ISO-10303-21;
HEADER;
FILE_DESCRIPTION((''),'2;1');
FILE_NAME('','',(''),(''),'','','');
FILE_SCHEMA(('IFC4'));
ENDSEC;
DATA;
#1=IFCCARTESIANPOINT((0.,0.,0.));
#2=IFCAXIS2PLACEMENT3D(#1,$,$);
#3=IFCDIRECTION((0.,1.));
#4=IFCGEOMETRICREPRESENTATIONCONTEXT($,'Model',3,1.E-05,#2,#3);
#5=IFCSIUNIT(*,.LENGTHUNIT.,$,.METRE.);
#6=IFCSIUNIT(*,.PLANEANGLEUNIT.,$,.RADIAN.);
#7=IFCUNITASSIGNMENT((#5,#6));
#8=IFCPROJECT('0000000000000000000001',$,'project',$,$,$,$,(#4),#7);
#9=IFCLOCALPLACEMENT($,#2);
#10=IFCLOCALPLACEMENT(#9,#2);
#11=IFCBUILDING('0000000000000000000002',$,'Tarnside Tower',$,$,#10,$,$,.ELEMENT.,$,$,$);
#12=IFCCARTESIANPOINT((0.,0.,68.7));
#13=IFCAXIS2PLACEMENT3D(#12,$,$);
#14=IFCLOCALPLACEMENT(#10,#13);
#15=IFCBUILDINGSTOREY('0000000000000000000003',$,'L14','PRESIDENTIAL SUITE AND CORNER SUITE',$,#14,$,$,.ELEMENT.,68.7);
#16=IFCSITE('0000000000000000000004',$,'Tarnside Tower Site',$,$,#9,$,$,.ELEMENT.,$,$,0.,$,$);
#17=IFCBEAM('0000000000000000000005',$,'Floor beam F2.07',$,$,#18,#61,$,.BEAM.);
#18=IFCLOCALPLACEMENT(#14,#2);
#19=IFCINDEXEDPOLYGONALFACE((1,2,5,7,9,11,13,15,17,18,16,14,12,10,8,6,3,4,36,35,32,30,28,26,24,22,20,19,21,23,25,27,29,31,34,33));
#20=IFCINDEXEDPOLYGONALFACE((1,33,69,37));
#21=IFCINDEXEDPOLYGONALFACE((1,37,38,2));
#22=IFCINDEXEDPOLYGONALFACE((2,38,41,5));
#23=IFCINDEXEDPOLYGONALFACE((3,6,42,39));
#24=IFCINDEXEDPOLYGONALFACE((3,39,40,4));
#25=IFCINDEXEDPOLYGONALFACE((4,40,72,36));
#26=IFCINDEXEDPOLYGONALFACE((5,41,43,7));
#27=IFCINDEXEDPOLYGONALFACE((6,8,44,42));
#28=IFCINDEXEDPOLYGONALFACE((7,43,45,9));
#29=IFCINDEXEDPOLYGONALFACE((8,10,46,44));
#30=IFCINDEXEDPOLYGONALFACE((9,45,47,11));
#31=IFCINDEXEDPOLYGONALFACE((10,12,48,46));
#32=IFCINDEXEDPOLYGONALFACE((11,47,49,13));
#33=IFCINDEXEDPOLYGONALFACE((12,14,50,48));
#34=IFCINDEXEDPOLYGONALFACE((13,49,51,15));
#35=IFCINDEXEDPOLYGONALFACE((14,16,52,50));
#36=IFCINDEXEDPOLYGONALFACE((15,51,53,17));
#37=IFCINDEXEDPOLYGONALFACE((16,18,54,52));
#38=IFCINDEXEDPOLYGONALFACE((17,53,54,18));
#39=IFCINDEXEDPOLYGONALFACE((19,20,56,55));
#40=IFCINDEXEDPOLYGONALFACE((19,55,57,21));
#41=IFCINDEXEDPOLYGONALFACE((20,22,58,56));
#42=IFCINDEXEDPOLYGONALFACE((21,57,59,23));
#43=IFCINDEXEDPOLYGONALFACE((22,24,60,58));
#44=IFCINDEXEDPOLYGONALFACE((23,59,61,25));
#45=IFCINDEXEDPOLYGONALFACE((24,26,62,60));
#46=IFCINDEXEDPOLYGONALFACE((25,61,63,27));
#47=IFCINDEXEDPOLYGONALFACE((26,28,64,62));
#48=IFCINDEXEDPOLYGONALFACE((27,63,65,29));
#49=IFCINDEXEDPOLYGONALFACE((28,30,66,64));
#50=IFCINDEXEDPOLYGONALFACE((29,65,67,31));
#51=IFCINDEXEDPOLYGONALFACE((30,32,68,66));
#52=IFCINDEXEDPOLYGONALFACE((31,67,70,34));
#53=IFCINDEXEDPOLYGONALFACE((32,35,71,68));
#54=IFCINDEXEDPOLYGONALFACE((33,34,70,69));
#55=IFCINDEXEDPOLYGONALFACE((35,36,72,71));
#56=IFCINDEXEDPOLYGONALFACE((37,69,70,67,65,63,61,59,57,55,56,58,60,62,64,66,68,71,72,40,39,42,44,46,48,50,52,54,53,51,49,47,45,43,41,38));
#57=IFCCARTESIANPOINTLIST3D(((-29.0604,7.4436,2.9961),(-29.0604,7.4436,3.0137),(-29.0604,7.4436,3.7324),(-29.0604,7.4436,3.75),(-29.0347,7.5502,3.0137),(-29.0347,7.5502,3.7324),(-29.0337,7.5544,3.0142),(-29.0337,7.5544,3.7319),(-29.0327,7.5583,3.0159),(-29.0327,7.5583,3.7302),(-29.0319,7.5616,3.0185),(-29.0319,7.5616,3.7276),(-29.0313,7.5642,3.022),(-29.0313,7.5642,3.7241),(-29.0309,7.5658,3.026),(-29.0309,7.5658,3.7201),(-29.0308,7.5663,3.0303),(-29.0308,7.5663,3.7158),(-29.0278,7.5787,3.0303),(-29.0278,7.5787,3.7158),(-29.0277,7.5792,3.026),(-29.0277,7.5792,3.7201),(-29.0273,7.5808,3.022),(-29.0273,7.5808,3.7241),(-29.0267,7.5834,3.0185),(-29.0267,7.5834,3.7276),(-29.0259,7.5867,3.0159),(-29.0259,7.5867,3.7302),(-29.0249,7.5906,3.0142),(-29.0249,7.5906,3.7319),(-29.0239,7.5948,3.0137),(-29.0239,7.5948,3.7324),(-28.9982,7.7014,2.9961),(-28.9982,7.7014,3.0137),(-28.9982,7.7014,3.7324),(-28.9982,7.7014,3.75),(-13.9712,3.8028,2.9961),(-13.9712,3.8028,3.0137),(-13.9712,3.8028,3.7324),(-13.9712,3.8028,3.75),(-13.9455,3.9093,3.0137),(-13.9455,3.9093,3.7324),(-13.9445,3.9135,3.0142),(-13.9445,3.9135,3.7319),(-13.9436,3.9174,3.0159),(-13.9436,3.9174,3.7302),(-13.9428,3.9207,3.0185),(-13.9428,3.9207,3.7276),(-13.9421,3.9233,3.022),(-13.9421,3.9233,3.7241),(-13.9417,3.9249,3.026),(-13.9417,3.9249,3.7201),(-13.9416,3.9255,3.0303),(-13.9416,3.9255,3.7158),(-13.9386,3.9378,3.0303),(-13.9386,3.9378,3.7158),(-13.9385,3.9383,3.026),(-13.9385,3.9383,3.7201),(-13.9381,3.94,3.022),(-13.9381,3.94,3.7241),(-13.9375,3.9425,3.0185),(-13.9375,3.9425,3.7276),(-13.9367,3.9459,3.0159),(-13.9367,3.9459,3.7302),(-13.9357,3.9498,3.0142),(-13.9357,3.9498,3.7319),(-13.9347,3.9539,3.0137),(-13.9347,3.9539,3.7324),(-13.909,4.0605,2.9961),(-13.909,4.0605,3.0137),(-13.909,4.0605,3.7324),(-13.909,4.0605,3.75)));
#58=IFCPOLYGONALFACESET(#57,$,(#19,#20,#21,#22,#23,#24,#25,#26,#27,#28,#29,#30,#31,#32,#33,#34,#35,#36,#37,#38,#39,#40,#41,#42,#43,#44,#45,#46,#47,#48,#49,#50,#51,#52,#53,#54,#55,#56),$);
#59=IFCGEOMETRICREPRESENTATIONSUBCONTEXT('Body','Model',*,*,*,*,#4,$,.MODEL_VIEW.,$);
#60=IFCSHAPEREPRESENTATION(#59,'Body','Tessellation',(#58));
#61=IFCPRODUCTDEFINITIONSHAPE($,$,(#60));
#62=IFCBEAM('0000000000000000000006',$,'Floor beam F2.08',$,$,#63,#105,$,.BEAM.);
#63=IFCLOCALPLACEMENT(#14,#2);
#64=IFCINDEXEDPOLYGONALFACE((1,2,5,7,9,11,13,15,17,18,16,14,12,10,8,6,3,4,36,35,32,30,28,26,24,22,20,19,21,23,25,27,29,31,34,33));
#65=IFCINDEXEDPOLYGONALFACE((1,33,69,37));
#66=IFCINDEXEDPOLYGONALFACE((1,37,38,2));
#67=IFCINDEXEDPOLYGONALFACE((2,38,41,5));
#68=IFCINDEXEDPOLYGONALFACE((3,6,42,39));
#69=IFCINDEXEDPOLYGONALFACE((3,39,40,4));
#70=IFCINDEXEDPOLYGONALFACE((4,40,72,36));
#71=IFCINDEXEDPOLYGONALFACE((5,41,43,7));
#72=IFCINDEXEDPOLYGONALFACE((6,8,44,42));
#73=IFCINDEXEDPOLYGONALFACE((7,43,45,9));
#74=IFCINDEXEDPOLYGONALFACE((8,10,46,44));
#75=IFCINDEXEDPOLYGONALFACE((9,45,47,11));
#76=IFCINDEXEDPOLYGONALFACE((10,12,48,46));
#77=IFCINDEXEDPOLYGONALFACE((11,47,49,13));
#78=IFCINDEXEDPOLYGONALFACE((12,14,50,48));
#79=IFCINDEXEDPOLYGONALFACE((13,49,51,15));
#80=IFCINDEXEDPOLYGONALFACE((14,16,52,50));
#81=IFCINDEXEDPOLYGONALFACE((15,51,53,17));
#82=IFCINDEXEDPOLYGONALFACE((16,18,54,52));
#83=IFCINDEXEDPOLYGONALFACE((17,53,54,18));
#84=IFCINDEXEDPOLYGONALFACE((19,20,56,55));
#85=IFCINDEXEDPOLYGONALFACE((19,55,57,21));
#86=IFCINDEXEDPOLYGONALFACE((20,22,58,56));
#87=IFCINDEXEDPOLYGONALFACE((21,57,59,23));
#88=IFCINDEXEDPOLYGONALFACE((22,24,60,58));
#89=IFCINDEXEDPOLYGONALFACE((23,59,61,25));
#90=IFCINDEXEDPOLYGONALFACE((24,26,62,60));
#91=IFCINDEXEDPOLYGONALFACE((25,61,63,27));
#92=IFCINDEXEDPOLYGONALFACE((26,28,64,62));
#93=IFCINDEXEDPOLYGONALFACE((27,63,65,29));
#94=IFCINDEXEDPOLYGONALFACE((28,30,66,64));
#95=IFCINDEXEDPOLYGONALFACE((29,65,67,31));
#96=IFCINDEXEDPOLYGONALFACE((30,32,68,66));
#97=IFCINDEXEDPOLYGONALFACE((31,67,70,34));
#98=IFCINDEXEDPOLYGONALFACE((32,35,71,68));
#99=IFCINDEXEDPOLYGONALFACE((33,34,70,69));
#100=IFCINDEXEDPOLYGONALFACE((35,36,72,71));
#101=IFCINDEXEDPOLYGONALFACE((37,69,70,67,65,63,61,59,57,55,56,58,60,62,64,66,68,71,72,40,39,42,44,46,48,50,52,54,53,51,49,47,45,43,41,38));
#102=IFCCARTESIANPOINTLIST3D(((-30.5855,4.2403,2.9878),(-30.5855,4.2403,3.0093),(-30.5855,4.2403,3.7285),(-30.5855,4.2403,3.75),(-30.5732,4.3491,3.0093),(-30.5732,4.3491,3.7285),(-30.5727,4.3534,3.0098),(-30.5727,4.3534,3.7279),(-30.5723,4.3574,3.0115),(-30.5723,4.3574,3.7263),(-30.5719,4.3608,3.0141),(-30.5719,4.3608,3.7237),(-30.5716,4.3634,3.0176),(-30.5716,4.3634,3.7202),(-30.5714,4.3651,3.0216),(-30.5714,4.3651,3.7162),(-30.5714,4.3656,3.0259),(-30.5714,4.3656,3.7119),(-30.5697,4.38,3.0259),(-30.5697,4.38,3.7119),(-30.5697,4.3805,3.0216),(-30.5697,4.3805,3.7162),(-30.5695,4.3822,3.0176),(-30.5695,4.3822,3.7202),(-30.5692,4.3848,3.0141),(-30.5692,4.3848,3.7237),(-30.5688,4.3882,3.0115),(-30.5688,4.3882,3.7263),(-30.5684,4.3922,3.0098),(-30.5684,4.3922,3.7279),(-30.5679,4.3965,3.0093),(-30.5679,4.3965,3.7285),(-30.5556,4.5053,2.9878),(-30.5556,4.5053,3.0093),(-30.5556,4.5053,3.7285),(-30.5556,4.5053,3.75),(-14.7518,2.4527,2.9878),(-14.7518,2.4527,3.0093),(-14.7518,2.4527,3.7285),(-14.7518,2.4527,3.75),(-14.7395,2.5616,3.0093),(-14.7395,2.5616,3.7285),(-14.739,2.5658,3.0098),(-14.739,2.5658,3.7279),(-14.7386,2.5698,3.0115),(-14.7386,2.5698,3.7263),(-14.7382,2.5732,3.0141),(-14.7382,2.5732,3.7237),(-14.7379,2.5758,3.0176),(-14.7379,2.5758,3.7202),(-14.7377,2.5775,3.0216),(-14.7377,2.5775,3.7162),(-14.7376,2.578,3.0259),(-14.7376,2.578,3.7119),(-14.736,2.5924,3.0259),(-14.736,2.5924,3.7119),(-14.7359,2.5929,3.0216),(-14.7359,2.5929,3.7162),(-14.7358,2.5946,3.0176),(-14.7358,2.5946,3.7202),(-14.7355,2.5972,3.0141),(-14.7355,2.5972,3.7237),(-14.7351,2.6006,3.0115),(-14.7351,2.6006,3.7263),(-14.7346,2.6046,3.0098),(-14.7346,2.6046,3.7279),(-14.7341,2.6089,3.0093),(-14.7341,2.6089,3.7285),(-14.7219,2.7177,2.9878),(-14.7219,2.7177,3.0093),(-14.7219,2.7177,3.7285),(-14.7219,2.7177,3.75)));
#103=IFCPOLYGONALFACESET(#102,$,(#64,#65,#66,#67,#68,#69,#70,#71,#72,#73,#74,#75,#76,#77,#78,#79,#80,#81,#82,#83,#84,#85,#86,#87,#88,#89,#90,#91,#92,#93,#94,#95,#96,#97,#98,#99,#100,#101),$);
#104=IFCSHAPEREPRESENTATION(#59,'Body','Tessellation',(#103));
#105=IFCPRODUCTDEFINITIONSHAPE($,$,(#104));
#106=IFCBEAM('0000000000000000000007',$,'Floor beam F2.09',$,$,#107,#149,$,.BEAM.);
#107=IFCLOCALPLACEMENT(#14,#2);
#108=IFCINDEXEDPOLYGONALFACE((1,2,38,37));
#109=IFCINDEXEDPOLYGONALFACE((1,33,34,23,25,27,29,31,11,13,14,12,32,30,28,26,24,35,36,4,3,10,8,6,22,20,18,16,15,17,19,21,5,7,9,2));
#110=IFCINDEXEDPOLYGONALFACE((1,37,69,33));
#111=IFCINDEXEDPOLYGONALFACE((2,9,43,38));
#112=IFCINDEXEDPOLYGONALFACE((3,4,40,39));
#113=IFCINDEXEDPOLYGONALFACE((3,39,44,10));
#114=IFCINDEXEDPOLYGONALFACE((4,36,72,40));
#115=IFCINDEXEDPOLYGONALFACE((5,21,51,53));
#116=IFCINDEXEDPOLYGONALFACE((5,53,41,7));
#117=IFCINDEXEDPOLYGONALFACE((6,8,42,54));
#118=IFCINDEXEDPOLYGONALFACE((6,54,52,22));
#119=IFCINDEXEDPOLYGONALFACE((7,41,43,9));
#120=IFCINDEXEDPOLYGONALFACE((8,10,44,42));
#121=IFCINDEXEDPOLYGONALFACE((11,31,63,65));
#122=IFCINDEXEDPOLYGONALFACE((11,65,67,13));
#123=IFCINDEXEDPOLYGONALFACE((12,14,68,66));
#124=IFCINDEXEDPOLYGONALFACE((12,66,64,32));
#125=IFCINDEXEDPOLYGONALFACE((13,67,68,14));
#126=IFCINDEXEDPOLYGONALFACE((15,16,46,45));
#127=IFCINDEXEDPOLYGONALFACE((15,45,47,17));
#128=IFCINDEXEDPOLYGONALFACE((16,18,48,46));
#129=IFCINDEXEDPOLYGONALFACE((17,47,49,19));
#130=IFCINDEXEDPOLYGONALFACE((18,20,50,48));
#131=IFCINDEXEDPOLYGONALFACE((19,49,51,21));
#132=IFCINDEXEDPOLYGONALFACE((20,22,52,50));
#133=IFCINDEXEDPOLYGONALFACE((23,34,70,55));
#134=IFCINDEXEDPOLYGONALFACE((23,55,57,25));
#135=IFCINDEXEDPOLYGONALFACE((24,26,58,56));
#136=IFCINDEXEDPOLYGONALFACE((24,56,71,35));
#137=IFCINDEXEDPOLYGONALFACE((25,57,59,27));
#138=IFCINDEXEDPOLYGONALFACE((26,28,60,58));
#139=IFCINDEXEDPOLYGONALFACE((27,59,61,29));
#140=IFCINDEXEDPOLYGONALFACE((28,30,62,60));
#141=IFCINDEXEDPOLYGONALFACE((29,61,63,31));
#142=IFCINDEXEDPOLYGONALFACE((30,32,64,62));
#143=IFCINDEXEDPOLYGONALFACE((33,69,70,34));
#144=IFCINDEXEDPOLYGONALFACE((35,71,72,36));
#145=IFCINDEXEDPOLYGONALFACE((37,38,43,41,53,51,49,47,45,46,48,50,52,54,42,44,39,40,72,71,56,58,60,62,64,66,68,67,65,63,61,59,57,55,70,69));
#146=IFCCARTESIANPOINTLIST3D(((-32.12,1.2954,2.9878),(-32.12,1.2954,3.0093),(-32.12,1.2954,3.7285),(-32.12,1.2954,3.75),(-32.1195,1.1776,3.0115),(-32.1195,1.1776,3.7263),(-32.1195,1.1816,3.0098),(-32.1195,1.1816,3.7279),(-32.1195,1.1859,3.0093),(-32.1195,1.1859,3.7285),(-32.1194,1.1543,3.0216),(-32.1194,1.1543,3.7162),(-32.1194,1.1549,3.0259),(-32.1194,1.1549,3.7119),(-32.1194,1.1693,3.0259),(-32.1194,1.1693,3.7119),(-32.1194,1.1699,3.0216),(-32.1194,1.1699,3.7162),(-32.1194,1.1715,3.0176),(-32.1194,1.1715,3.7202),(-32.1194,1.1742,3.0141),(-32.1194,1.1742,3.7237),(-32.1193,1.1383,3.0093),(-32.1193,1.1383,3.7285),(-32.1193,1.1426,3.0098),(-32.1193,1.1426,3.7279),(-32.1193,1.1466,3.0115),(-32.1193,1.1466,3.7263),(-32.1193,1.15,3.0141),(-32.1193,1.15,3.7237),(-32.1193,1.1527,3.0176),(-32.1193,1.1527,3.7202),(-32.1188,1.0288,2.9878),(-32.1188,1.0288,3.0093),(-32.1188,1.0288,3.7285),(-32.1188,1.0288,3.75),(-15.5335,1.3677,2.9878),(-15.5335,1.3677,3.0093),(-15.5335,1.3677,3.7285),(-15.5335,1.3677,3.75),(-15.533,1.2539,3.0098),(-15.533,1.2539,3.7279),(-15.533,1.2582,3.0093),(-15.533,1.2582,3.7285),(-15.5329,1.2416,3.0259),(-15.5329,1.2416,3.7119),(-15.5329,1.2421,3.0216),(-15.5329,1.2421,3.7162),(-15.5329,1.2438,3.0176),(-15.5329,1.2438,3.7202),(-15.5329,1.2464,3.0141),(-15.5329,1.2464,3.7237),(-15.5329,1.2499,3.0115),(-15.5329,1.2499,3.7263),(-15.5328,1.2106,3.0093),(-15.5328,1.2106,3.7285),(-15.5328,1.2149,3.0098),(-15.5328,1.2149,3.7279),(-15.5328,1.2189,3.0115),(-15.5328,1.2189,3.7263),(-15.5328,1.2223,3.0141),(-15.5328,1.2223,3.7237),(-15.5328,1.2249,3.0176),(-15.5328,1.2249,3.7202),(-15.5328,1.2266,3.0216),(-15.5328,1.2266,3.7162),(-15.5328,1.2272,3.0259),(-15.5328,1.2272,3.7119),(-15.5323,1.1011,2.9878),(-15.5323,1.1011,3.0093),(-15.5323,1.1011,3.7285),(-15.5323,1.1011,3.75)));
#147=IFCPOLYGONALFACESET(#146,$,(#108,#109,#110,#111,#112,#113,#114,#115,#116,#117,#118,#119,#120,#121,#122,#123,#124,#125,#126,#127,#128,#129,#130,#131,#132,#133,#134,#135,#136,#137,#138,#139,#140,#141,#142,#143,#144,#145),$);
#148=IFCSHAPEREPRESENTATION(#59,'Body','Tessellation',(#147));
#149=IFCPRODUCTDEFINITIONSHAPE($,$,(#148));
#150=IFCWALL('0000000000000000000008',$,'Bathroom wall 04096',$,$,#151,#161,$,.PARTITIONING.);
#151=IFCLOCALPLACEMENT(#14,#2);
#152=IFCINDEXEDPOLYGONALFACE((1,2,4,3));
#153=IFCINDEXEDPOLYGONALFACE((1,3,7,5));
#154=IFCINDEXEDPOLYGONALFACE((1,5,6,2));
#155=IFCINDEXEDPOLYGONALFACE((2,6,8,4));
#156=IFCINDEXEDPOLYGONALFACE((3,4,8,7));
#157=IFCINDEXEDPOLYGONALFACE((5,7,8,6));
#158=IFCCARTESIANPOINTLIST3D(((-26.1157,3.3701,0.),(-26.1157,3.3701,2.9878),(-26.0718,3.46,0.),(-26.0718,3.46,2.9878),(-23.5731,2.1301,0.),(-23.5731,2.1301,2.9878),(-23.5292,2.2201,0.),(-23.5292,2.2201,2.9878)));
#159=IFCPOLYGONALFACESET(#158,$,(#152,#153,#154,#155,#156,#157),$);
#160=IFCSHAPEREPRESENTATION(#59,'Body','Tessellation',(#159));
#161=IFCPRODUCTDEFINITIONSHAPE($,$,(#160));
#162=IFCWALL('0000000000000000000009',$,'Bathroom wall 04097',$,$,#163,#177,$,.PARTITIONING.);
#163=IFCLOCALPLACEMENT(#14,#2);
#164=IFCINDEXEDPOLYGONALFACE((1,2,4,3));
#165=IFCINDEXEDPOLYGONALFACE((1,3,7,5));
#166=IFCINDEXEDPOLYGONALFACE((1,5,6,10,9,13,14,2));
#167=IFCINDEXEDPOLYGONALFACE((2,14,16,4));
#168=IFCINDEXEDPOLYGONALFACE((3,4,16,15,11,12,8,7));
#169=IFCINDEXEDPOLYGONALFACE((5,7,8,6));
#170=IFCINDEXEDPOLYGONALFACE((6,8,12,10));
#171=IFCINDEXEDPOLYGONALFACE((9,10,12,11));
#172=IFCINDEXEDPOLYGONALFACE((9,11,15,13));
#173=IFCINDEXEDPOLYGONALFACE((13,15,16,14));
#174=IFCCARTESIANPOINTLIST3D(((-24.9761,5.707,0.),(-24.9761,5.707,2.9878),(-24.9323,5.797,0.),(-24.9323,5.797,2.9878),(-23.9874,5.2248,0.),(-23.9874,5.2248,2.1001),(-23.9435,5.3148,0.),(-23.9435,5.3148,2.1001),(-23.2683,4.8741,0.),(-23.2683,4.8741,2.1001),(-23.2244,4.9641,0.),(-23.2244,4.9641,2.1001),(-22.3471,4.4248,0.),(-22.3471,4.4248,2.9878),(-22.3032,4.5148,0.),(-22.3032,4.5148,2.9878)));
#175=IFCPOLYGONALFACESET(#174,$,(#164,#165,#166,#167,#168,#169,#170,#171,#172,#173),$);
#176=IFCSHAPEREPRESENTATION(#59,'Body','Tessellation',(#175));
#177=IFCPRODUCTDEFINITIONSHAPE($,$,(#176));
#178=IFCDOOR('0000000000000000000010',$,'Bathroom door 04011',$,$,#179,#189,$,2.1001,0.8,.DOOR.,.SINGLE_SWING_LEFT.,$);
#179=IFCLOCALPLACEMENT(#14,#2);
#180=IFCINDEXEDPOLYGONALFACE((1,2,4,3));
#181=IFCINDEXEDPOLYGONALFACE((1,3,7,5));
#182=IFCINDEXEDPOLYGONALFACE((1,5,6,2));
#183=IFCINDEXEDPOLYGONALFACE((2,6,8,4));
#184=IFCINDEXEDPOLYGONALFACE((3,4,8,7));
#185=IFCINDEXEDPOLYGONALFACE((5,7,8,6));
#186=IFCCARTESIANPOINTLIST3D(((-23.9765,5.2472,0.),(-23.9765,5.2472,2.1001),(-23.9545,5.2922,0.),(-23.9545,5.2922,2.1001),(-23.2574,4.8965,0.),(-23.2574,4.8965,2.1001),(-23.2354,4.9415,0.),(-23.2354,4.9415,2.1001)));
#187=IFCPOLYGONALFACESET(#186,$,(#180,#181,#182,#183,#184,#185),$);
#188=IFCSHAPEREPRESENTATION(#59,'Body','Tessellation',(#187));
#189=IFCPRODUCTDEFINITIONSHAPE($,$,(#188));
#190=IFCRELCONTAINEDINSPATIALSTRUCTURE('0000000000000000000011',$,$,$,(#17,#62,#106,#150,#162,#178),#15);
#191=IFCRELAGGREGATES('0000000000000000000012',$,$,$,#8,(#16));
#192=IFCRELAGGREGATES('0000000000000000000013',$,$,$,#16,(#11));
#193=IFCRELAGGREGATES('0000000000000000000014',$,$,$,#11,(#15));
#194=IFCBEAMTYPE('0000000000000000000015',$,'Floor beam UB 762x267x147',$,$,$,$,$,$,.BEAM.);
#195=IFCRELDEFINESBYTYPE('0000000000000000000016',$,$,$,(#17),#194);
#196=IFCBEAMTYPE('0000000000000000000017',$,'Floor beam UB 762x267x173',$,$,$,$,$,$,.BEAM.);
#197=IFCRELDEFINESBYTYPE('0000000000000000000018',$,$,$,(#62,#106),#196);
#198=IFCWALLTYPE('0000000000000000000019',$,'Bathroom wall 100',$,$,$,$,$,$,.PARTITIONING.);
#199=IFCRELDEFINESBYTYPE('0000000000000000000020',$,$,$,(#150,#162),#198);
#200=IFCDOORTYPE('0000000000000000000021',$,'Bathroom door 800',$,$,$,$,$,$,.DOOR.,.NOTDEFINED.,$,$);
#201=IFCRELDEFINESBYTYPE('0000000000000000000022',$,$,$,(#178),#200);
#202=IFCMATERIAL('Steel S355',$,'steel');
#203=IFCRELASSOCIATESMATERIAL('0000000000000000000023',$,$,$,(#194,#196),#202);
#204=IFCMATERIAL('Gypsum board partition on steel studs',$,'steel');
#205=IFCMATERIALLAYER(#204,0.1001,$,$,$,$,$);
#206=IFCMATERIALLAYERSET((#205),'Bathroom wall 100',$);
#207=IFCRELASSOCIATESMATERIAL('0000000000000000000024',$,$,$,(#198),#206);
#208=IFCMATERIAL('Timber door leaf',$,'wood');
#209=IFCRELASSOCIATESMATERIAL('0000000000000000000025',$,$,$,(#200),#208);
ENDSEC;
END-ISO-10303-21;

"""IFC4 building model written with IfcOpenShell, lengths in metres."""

from ifc_helpers import new_model, si_unit, direction, frame, frame_2d, origin, origin_2d, place, context, subcontext, project, spatial, rectangle, i_section, extrude, material, layer, layer_set, material_profile, profile_set, type_object, element, fill, save


model = new_model("IFC4")

# Units and contexts
model_context = context("Model", 3, precision=1e-05, world=origin(), true_north=direction((0.0, 1.0)))
body_context = subcontext(model_context, "Body", "Model", "MODEL_VIEW")
ifc_project = project(units=[si_unit("LENGTHUNIT", "METRE"), si_unit("PLANEANGLEUNIT", "RADIAN")], contexts=[model_context])

# Site, building, storey
site_placement = place(None, origin())
site = spatial("IfcSite", under=ifc_project, at=site_placement, Name="Tarnside Tower Site", CompositionType="ELEMENT", RefElevation=0.0)
building_placement = place(site_placement, origin())
building = spatial("IfcBuilding", under=site, at=building_placement, Name="Tarnside Tower", CompositionType="ELEMENT")
storey_placement = place(building_placement, frame((0.0, 0.0, 68.7)))
storey = spatial("IfcBuildingStorey", under=building, at=storey_placement, Name="L14", Description="PRESIDENTIAL SUITE AND CORNER SUITE", CompositionType="ELEMENT", Elevation=68.7)

# Beams
ifc_material_1 = material(Name="Steel S355", Category="steel")
ifc_material_profile_1 = material_profile(ifc_material_1, i_section(OverallWidth=0.2651, OverallDepth=0.7539, WebThickness=0.0127, FlangeThickness=0.0176, FilletRadius=0.0166, at=origin_2d()), Name="UB 762x267x147")
ifc_profile_set_1 = profile_set([ifc_material_profile_1], Name="Steel S355")
beam_type_1 = type_object("IfcBeamType", Name="Floor beam UB 762x267x147", PredefinedType="BEAM", material=ifc_profile_set_1)
beam_1_placement = place(storey_placement, frame((-29.0293, 7.5725, 3.373), z_axis=(0.972102, -0.23456, 0.0), x_axis=(0.23456, 0.972102, 0.0)))
element("IfcBeam", 1, at=beam_1_placement, inside=storey, type_object=beam_type_1, Name="Floor beam F2.07", PredefinedType="BEAM", context=body_context, shape_type="SweptSolid", body=[
    extrude(i_section(OverallWidth=0.2651, OverallDepth=0.7539, WebThickness=0.0127, FlangeThickness=0.0176, FilletRadius=0.0166, at=origin_2d()), origin(), (0.0, 0.0, 1.0), 15.5222),
])
ifc_material_profile_2 = material_profile(ifc_material_1, i_section(OverallWidth=0.2666, OverallDepth=0.7622, WebThickness=0.0144, FlangeThickness=0.0215, FilletRadius=0.0166, at=origin_2d()), Name="UB 762x267x173")
ifc_profile_set_2 = profile_set([ifc_material_profile_2], Name="Steel S355")
beam_type_2 = type_object("IfcBeamType", Name="Floor beam UB 762x267x173", PredefinedType="BEAM", material=ifc_profile_set_2)
beam_2_placement = place(storey_placement, frame((-30.5706, 4.3728, 3.3689), z_axis=(0.993687, -0.112185, 0.0), x_axis=(0.112185, 0.993687, 0.0)))
element("IfcBeam", 2, at=beam_2_placement, inside=storey, type_object=beam_type_2, Name="Floor beam F2.08", PredefinedType="BEAM", context=body_context, shape_type="SweptSolid", body=[
    extrude(i_section(OverallWidth=0.2666, OverallDepth=0.7622, WebThickness=0.0144, FlangeThickness=0.0215, FilletRadius=0.0166, at=origin_2d()), origin(), (0.0, 0.0, 1.0), 15.9343),
])
beam_3_placement = place(storey_placement, frame((-32.1194, 1.1621, 3.3689), z_axis=(0.999991, 0.004357, 0.0), x_axis=(-0.004357, 0.999991, 0.0)))
element("IfcBeam", 3, at=beam_3_placement, inside=storey, type_object=beam_type_2, Name="Floor beam F2.09", PredefinedType="BEAM", context=body_context, shape_type="SweptSolid", body=[
    extrude(i_section(OverallWidth=0.2666, OverallDepth=0.7622, WebThickness=0.0144, FlangeThickness=0.0215, FilletRadius=0.0166, at=origin_2d()), origin(), (0.0, 0.0, 1.0), 16.5867),
])

# Wall
ifc_material_2 = material(Name="Gypsum board partition on steel studs", Category="steel")
ifc_layer_1 = layer(ifc_material_2, 0.1001)
ifc_layer_set_1 = layer_set([ifc_layer_1], Name="Bathroom wall 100")
wall_type_1 = type_object("IfcWallType", Name="Bathroom wall 100", PredefinedType="PARTITIONING", material=ifc_layer_set_1)
wall_1_placement = place(storey_placement, frame((-23.551, 2.175, 0.0), z_axis=(0.0, 0.0, 1.0), x_axis=(-0.898819, 0.43832, 0.0)))
element("IfcWall", 4, at=wall_1_placement, inside=storey, type_object=wall_type_1, Name="Bathroom wall 04096", PredefinedType="PARTITIONING", context=body_context, shape_type="SweptSolid", body=[
    extrude(rectangle(XDim=2.8289, YDim=0.1001, at=frame_2d((1.4146, 0.0))), origin(), (0.0, 0.0, 1.0), 2.9878),
])

# Wall, opening, door
wall_2_placement = place(storey_placement, frame((-24.9541, 5.752, 0.0), z_axis=(0.0, 0.0, 1.0), x_axis=(0.898807, -0.438345, 0.0)))
wall_2 = element("IfcWall", 5, at=wall_2_placement, inside=storey, type_object=wall_type_1, Name="Bathroom wall 04097", PredefinedType="PARTITIONING", context=body_context, shape_type="SweptSolid", body=[
    extrude(rectangle(XDim=2.925, YDim=0.1001, at=frame_2d((1.4624, 0.0))), origin(), (0.0, 0.0, 1.0), 2.9878),
])
opening_1_placement = place(wall_2_placement, frame((1.1001, 0.0, 0.0)))
opening_1 = element("IfcOpeningElement", 6, at=opening_1_placement, cuts=wall_2, PredefinedType="OPENING", context=body_context, shape_type="SweptSolid", body=[
    extrude(rectangle(XDim=0.8, YDim=2.1001, at=frame_2d((0.3999, 1.05))), frame((0.0, 0.0601, 0.0), z_axis=(0.0, -1.0, 0.0), x_axis=(1.0, 0.0, 0.0)), (0.0, 0.0, 1.0), 0.1201),
])
ifc_material_3 = material(Name="Timber door leaf", Category="wood")
door_type_1 = type_object("IfcDoorType", Name="Bathroom door 800", OperationType="NOTDEFINED", PredefinedType="DOOR", material=ifc_material_3)
door_1_placement = place(opening_1_placement, origin())
door_1 = element("IfcDoor", 7, at=door_1_placement, inside=storey, type_object=door_type_1, Name="Bathroom door 04011", OperationType="SINGLE_SWING_LEFT", OverallHeight=2.1001, OverallWidth=0.8, PredefinedType="DOOR", context=body_context, shape_type="SweptSolid", body=[
    extrude(rectangle(XDim=0.8, YDim=2.1001, at=frame_2d((0.3999, 1.05))), frame((0.0, 0.0249, 0.0), z_axis=(0.0, -1.0, 0.0), x_axis=(1.0, 0.0, 0.0)), (0.0, 0.0, 1.0), 0.05),
])
fill(opening_1, door_1)

save(model, "model.ifc")
